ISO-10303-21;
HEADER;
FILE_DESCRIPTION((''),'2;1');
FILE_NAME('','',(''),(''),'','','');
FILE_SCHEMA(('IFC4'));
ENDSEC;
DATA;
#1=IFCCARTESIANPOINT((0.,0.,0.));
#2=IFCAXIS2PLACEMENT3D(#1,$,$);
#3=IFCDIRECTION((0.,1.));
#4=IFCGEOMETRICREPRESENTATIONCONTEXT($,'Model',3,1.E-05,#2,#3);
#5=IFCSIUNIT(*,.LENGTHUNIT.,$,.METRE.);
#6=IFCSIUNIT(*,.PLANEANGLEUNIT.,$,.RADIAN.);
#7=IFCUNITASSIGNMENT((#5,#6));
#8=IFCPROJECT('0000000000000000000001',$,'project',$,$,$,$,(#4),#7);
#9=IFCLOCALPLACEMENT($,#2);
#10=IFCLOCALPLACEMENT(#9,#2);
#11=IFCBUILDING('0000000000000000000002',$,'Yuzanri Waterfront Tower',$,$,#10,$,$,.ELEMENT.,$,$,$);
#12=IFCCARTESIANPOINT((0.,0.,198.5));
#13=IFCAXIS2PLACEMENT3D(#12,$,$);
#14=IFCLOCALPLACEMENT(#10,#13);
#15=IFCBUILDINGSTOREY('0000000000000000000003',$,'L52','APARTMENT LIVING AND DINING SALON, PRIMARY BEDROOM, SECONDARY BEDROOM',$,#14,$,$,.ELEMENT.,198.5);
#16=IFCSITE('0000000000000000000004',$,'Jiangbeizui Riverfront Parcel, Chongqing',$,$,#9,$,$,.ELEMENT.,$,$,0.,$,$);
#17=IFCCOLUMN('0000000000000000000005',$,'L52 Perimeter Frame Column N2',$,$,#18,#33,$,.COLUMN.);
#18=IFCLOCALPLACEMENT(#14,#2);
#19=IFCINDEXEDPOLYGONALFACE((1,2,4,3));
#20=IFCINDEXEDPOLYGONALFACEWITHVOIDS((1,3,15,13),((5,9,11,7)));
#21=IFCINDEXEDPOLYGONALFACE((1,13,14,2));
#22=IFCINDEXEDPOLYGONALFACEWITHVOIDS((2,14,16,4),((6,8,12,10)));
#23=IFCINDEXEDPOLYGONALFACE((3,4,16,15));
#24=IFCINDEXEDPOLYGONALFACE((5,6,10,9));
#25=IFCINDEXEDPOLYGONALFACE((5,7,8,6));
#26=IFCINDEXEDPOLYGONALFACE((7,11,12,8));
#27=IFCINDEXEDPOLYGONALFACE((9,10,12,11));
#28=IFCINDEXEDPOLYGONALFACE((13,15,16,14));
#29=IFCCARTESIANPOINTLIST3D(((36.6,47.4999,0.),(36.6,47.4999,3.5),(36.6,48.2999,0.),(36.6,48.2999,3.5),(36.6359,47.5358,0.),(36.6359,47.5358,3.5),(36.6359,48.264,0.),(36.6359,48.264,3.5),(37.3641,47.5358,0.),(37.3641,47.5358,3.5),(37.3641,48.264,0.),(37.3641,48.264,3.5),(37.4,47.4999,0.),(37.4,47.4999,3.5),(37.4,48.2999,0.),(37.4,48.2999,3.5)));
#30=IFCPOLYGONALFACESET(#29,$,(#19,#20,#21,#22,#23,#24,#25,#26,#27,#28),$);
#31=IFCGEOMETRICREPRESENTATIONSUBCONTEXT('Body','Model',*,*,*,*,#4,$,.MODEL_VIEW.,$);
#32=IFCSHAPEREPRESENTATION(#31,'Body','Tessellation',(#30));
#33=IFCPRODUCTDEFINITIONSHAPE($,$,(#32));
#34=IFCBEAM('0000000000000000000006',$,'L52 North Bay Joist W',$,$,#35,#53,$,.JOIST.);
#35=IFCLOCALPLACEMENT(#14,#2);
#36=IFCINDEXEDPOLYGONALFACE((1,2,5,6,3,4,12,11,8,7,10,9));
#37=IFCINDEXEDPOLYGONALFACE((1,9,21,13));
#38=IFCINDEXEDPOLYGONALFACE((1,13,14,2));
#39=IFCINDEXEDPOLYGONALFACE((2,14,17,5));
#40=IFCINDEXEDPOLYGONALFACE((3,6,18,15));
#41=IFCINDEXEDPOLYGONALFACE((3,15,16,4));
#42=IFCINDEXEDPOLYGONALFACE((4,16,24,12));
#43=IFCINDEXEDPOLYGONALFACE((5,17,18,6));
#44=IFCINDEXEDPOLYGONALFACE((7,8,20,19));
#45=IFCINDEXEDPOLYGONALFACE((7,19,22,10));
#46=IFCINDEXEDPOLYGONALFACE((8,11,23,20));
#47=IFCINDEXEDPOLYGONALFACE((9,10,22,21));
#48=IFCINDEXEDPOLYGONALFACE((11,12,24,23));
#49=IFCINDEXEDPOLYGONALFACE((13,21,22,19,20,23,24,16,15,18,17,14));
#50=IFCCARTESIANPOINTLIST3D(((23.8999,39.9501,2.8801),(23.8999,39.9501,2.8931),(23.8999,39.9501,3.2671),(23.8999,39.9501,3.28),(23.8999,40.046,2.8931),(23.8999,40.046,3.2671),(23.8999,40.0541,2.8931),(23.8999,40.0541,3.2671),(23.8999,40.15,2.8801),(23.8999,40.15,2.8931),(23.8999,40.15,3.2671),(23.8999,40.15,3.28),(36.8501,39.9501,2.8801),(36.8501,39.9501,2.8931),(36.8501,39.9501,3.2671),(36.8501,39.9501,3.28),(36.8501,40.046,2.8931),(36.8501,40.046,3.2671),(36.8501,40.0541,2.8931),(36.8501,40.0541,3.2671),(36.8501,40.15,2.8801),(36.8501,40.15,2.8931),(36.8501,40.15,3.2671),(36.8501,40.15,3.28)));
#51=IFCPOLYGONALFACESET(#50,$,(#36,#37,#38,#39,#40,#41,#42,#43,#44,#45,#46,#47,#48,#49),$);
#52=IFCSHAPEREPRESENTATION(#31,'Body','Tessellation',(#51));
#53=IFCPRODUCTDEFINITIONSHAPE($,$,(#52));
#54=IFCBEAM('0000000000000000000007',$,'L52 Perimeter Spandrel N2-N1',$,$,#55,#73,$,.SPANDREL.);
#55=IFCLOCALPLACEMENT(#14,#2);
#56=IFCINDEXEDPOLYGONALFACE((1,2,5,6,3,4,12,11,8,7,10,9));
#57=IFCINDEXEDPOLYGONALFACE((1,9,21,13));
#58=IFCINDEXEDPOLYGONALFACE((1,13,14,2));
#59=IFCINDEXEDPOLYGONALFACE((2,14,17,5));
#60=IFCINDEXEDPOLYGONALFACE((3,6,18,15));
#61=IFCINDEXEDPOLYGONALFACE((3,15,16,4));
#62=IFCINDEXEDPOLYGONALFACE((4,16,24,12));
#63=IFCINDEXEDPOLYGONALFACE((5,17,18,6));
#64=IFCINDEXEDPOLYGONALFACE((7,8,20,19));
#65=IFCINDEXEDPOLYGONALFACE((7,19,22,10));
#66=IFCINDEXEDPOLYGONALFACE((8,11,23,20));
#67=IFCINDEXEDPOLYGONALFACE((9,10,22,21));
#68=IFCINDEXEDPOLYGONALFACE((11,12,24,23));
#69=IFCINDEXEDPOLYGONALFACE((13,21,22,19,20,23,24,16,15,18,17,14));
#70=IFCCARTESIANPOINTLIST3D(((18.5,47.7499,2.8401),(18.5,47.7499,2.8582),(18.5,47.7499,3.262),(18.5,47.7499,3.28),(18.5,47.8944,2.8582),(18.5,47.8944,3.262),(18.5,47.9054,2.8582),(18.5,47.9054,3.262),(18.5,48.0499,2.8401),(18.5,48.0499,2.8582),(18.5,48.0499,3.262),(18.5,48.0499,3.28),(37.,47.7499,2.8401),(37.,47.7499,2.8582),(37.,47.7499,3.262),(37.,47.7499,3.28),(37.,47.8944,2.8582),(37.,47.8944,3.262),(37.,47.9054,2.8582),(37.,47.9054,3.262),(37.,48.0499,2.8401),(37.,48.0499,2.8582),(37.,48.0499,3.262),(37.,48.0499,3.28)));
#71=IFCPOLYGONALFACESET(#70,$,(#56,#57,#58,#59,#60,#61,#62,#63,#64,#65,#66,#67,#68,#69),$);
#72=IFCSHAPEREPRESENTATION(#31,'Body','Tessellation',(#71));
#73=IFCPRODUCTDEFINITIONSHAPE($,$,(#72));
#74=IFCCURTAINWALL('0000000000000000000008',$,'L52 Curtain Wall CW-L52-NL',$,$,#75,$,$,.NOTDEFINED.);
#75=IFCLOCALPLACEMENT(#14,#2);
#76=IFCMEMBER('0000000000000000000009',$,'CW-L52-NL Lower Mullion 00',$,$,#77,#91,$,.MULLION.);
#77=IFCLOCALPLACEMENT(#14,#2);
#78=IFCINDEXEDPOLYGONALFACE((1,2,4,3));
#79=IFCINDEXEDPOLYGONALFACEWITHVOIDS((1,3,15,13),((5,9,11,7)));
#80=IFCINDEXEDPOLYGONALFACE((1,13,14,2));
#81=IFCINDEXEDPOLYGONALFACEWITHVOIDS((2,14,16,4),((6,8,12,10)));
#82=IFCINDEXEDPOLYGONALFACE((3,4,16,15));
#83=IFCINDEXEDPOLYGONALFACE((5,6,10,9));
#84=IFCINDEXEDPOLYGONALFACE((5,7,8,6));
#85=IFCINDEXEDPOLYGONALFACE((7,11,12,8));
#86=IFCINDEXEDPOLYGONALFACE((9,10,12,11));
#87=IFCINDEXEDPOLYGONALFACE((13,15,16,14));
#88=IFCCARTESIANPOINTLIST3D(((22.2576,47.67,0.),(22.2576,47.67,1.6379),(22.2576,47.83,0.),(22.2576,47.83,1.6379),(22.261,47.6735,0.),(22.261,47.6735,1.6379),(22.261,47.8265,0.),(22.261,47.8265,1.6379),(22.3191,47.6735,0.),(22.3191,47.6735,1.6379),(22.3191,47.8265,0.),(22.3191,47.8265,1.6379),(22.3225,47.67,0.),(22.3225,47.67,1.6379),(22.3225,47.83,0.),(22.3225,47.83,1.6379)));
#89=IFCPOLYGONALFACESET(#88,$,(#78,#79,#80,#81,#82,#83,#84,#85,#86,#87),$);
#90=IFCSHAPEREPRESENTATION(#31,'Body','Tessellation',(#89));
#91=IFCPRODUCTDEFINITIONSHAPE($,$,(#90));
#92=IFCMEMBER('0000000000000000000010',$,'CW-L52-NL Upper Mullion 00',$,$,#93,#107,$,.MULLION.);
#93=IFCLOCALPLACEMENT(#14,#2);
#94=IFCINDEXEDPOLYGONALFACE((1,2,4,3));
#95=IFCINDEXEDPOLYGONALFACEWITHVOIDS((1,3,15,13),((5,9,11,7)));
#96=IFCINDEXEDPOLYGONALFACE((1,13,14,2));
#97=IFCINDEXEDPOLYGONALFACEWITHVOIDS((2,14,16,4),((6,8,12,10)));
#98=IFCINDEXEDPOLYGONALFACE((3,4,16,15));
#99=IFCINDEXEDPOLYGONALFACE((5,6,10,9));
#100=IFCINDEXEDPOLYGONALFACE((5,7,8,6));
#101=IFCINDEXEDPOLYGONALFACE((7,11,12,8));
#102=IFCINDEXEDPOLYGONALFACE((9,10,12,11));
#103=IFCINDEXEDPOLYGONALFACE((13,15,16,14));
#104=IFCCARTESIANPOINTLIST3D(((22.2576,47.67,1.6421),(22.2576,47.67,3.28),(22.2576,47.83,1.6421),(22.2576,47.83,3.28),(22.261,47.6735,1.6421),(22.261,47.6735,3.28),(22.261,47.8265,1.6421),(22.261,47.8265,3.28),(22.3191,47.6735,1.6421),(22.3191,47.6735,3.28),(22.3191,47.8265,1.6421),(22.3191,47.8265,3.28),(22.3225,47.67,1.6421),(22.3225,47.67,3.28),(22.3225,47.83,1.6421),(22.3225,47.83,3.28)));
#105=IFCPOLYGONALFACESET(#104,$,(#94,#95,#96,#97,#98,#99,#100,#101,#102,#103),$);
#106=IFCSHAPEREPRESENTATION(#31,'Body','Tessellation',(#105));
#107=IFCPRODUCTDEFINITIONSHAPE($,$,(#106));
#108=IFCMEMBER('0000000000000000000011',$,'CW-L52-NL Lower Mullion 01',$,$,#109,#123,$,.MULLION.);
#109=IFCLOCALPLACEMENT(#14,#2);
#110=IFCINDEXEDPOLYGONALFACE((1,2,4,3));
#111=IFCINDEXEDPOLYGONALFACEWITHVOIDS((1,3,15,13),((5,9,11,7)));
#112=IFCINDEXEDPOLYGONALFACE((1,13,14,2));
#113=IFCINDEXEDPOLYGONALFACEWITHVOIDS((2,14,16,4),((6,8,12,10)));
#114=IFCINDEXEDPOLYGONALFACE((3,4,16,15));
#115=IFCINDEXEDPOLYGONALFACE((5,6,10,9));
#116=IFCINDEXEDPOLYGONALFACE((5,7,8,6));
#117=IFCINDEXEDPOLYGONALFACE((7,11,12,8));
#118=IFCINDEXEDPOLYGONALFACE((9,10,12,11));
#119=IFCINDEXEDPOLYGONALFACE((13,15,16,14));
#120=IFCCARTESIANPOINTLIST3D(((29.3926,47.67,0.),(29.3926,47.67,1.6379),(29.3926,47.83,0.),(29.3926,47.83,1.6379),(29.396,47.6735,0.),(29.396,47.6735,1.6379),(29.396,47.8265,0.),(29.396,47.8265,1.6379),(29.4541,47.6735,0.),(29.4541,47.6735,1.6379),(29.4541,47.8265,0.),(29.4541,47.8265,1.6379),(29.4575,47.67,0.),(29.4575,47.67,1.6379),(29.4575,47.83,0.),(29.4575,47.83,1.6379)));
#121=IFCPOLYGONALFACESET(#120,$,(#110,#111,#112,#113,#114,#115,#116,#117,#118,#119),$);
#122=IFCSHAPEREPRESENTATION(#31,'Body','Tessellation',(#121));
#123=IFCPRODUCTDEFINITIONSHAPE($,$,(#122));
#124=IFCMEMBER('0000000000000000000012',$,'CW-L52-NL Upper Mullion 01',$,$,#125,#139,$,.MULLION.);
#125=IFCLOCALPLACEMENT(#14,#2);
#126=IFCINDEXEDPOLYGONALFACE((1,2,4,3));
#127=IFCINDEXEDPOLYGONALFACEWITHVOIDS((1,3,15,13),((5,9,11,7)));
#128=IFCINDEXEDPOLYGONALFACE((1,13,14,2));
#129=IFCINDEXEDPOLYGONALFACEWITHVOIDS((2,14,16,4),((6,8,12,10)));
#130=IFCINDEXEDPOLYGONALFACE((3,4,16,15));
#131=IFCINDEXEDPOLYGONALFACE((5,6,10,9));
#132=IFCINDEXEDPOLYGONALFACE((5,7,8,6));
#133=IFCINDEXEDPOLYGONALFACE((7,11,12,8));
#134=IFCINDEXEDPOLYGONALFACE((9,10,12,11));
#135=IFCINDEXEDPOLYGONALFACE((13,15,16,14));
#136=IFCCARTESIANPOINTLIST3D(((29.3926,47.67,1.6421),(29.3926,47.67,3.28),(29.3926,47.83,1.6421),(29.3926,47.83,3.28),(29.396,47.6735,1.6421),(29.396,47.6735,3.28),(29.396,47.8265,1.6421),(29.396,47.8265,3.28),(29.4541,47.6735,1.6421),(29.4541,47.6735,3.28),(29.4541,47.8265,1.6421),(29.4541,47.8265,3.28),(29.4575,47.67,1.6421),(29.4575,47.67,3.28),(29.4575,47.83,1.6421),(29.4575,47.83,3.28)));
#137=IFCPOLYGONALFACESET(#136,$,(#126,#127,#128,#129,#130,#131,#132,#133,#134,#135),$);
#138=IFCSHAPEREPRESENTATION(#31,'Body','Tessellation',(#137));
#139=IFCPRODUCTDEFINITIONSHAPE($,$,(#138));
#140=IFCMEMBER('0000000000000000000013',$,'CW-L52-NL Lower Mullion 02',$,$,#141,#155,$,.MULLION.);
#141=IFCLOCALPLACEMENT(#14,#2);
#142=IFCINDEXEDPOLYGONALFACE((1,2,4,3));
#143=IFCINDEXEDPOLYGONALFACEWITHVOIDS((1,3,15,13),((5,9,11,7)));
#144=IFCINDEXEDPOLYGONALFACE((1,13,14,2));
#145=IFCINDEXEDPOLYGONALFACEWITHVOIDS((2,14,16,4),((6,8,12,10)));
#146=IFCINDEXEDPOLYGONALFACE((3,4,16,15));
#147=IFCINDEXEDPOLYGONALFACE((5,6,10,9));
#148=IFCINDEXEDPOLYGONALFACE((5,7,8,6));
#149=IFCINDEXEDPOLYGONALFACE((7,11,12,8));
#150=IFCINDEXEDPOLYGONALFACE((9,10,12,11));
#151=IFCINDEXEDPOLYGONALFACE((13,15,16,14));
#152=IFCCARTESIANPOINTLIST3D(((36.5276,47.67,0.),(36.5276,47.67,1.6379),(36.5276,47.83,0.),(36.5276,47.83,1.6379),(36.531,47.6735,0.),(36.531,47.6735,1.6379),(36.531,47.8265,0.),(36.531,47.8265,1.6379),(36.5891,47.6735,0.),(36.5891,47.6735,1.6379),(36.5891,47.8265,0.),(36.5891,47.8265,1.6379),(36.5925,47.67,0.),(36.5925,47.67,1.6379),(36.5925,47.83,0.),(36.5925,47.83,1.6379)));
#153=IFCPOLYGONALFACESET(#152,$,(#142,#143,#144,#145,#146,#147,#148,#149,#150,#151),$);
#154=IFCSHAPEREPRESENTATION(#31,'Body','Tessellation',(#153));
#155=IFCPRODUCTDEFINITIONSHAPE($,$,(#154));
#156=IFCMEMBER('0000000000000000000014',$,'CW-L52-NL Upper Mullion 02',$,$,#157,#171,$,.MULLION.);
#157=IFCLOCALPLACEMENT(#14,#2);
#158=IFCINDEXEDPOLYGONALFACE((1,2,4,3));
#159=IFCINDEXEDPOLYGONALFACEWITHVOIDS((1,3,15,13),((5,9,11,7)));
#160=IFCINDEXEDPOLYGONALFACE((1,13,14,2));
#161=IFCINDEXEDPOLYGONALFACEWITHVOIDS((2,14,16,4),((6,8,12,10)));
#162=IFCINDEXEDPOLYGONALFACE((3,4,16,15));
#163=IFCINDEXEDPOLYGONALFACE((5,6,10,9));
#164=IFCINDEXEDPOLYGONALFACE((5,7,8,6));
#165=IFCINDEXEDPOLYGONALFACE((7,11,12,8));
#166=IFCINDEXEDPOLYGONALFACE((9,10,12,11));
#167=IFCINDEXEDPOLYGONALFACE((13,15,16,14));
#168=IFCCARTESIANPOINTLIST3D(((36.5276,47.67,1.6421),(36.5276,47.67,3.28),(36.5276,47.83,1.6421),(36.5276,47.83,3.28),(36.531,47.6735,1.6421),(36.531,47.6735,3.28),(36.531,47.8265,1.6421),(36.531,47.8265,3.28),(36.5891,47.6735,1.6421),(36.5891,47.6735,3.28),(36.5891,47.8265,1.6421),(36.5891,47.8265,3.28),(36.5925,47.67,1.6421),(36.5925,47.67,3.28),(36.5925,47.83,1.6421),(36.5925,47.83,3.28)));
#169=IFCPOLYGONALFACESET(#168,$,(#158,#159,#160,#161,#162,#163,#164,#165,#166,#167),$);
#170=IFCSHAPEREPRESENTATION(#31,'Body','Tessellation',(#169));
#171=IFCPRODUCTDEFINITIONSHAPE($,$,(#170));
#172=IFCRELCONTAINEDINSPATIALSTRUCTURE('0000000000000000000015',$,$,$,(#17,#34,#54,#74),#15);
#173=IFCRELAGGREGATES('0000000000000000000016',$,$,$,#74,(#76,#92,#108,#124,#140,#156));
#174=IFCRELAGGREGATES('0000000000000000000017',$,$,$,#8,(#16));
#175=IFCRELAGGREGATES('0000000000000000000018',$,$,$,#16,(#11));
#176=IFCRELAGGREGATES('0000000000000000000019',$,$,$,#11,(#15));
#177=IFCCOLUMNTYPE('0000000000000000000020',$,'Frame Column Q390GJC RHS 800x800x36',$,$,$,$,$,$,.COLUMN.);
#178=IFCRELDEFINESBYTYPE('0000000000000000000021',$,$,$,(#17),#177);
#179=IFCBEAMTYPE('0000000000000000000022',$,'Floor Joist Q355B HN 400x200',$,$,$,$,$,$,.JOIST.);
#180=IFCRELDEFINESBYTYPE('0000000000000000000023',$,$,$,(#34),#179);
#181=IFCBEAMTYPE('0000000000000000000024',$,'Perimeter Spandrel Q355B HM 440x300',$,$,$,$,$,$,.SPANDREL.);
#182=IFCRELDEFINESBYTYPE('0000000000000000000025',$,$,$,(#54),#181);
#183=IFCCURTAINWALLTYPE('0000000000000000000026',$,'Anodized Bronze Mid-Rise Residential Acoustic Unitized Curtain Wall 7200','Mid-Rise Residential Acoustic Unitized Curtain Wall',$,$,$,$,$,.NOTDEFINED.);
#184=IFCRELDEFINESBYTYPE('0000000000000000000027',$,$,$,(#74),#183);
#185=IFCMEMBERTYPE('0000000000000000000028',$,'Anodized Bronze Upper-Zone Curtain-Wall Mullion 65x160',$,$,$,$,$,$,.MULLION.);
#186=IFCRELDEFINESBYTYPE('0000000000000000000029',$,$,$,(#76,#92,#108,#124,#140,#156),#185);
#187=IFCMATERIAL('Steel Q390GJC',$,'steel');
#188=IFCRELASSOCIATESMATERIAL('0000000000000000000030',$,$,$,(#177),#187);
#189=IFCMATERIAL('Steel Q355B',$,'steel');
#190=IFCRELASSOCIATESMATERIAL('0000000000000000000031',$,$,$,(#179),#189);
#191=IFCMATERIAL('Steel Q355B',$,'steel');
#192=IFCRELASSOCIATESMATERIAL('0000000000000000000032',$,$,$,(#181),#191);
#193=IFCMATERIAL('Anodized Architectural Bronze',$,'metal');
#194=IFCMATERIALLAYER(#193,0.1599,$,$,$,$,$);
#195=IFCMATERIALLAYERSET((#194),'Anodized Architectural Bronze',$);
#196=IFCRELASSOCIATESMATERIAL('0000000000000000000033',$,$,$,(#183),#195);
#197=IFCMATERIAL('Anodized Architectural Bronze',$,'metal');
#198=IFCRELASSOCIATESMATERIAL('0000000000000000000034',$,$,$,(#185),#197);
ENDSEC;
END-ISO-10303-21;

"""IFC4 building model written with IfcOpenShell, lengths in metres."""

from ifc_helpers import new_model, si_unit, direction, frame, origin, origin_2d, place, context, subcontext, project, spatial, hollow_rectangle, i_section, extrude, source, transform, mapped, material, layer, layer_set, material_profile, profile_set, type_object, element, aggregate, save


model = new_model("IFC4")

# Units and contexts
model_context = context("Model", 3, precision=1e-05, world=origin(), true_north=direction((0.0, 1.0)))
body_context = subcontext(model_context, "Body", "Model", "MODEL_VIEW")
ifc_project = project(units=[si_unit("LENGTHUNIT", "METRE"), si_unit("PLANEANGLEUNIT", "RADIAN")], contexts=[model_context])

# Site, building, storey
site_placement = place(None, origin())
site = spatial("IfcSite", under=ifc_project, at=site_placement, Name="Jiangbeizui Riverfront Parcel, Chongqing", CompositionType="ELEMENT", RefElevation=0.0)
building_placement = place(site_placement, origin())
building = spatial("IfcBuilding", under=site, at=building_placement, Name="Yuzanri Waterfront Tower", CompositionType="ELEMENT")
storey_placement = place(building_placement, frame((0.0, 0.0, 198.5)))
storey = spatial("IfcBuildingStorey", under=building, at=storey_placement, Name="L52", Description="APARTMENT LIVING AND DINING SALON, PRIMARY BEDROOM, SECONDARY BEDROOM", CompositionType="ELEMENT", Elevation=198.5)

# Column
ifc_material_1 = material(Name="Steel Q390GJC", Category="steel")
ifc_material_profile_1 = material_profile(ifc_material_1, hollow_rectangle(XDim=0.8, YDim=0.8, WallThickness=0.0359, at=origin_2d()), Name="RHS 800x800x36")
ifc_profile_set_1 = profile_set([ifc_material_profile_1], Name="Steel Q390GJC")
column_type = type_object("IfcColumnType", Name="Frame Column Q390GJC RHS 800x800x36", PredefinedType="COLUMN", material=ifc_profile_set_1)
shared_shape_1 = source(origin(), body_context, "Body", "SweptSolid", [
    extrude(hollow_rectangle(XDim=0.8, YDim=0.8, WallThickness=0.0359, at=origin_2d()), origin(), (0.0, 0.0, 1.0), 3.5),
])
column_placement = place(storey_placement, frame((37.0, 47.8999, 0.0), z_axis=(0.0, 0.0, 1.0), x_axis=(1.0, 0.0, 0.0)))
element("IfcColumn", 1, at=column_placement, inside=storey, type_object=column_type, Name="L52 Perimeter Frame Column N2", PredefinedType="COLUMN", context=body_context, shape_type="MappedRepresentation", body=[
    mapped(shared_shape_1, transform((0.0, 0.0, 0.0), scale=1.0)),
])

# Beams
ifc_material_2 = material(Name="Steel Q355B", Category="steel")
ifc_material_profile_2 = material_profile(ifc_material_2, i_section(OverallWidth=0.2, OverallDepth=0.3999, WebThickness=0.0081, FlangeThickness=0.0129, at=origin_2d()), Name="HN 400x200x8x13")
ifc_profile_set_2 = profile_set([ifc_material_profile_2], Name="Steel Q355B")
beam_type_1 = type_object("IfcBeamType", Name="Floor Joist Q355B HN 400x200", PredefinedType="JOIST", material=ifc_profile_set_2)
shared_shape_2 = source(origin(), body_context, "Body", "SweptSolid", [
    extrude(i_section(OverallWidth=0.2, OverallDepth=0.3999, WebThickness=0.0081, FlangeThickness=0.0129, at=origin_2d()), origin(), (0.0, 0.0, 1.0), 12.9502),
])
beam_1_placement = place(storey_placement, frame((23.8999, 40.05, 3.0801), z_axis=(1.0, 0.0, 0.0), x_axis=(0.0, 1.0, 0.0)))
element("IfcBeam", 2, at=beam_1_placement, inside=storey, type_object=beam_type_1, Name="L52 North Bay Joist W", PredefinedType="JOIST", context=body_context, shape_type="MappedRepresentation", body=[
    mapped(shared_shape_2, transform((0.0, 0.0, 0.0), scale=1.0)),
])
ifc_material_3 = material(Name="Steel Q355B", Category="steel")
ifc_material_profile_3 = material_profile(ifc_material_3, i_section(OverallWidth=0.3, OverallDepth=0.4399, WebThickness=0.011, FlangeThickness=0.0181, at=origin_2d()), Name="HM 440x300x11x18")
ifc_profile_set_3 = profile_set([ifc_material_profile_3], Name="Steel Q355B")
beam_type_2 = type_object("IfcBeamType", Name="Perimeter Spandrel Q355B HM 440x300", PredefinedType="SPANDREL", material=ifc_profile_set_3)
shared_shape_3 = source(origin(), body_context, "Body", "SweptSolid", [
    extrude(i_section(OverallWidth=0.3, OverallDepth=0.4399, WebThickness=0.011, FlangeThickness=0.0181, at=origin_2d()), origin(), (0.0, 0.0, 1.0), 18.5),
])
beam_2_placement = place(storey_placement, frame((37.0, 47.8999, 3.0601), z_axis=(-1.0, 0.0, 0.0), x_axis=(0.0, -1.0, 0.0)))
element("IfcBeam", 3, at=beam_2_placement, inside=storey, type_object=beam_type_2, Name="L52 Perimeter Spandrel N2-N1", PredefinedType="SPANDREL", context=body_context, shape_type="MappedRepresentation", body=[
    mapped(shared_shape_3, transform((0.0, 0.0, 0.0), scale=1.0)),
])

# Curtain wall, members
ifc_material_4 = material(Name="Anodized Architectural Bronze", Category="metal")
ifc_layer_1 = layer(ifc_material_4, 0.1599)
ifc_layer_set_1 = layer_set([ifc_layer_1], Name="Anodized Architectural Bronze")
curtain_wall_type = type_object("IfcCurtainWallType", Name="Anodized Bronze Mid-Rise Residential Acoustic Unitized Curtain Wall 7200", Description="Mid-Rise Residential Acoustic Unitized Curtain Wall", PredefinedType="NOTDEFINED", material=ifc_layer_set_1)
curtain_wall_placement = place(storey_placement, origin())
curtain_wall = element("IfcCurtainWall", 4, at=curtain_wall_placement, inside=storey, type_object=curtain_wall_type, Name="L52 Curtain Wall CW-L52-NL", PredefinedType="NOTDEFINED")
ifc_material_5 = material(Name="Anodized Architectural Bronze", Category="metal")
ifc_material_profile_4 = material_profile(ifc_material_5, hollow_rectangle(XDim=0.0649, YDim=0.1599, WallThickness=0.0034, at=origin_2d()), Name="CWM 65x160")
ifc_profile_set_4 = profile_set([ifc_material_profile_4], Name="Anodized Architectural Bronze")
member_type_1 = type_object("IfcMemberType", Name="Anodized Bronze Upper-Zone Curtain-Wall Mullion 65x160", PredefinedType="MULLION", material=ifc_profile_set_4)
shared_shape_4 = source(origin(), body_context, "Body", "SweptSolid", [
    extrude(hollow_rectangle(XDim=0.0649, YDim=0.1599, WallThickness=0.0034, at=origin_2d()), origin(), (0.0, 0.0, 1.0), 1.6379),
])
member_1_placement = place(storey_placement, frame((22.29, 47.75, 0.0), z_axis=(0.0, 0.0, 1.0), x_axis=(1.0, 0.0, 0.0)))
member_1 = element("IfcMember", 5, at=member_1_placement, type_object=member_type_1, Name="CW-L52-NL Lower Mullion 00", PredefinedType="MULLION", context=body_context, shape_type="MappedRepresentation", body=[
    mapped(shared_shape_4, transform((0.0, 0.0, 0.0), scale=1.0)),
])
member_2_placement = place(storey_placement, frame((22.29, 47.75, 1.6421), z_axis=(0.0, 0.0, 1.0), x_axis=(1.0, 0.0, 0.0)))
member_2 = element("IfcMember", 6, at=member_2_placement, type_object=member_type_1, Name="CW-L52-NL Upper Mullion 00", PredefinedType="MULLION", context=body_context, shape_type="MappedRepresentation", body=[
    mapped(shared_shape_4, transform((0.0, 0.0, 0.0), scale=1.0)),
])
member_3_placement = place(storey_placement, frame((29.425, 47.75, 0.0), z_axis=(0.0, 0.0, 1.0), x_axis=(1.0, 0.0, 0.0)))
member_3 = element("IfcMember", 7, at=member_3_placement, type_object=member_type_1, Name="CW-L52-NL Lower Mullion 01", PredefinedType="MULLION", context=body_context, shape_type="MappedRepresentation", body=[
    mapped(shared_shape_4, transform((0.0, 0.0, 0.0), scale=1.0)),
])
member_4_placement = place(storey_placement, frame((29.425, 47.75, 1.6421), z_axis=(0.0, 0.0, 1.0), x_axis=(1.0, 0.0, 0.0)))
member_4 = element("IfcMember", 8, at=member_4_placement, type_object=member_type_1, Name="CW-L52-NL Upper Mullion 01", PredefinedType="MULLION", context=body_context, shape_type="MappedRepresentation", body=[
    mapped(shared_shape_4, transform((0.0, 0.0, 0.0), scale=1.0)),
])
member_5_placement = place(storey_placement, frame((36.5601, 47.75, 0.0), z_axis=(0.0, 0.0, 1.0), x_axis=(1.0, 0.0, 0.0)))
member_5 = element("IfcMember", 9, at=member_5_placement, type_object=member_type_1, Name="CW-L52-NL Lower Mullion 02", PredefinedType="MULLION", context=body_context, shape_type="MappedRepresentation", body=[
    mapped(shared_shape_4, transform((0.0, 0.0, 0.0), scale=1.0)),
])
member_6_placement = place(storey_placement, frame((36.5601, 47.75, 1.6421), z_axis=(0.0, 0.0, 1.0), x_axis=(1.0, 0.0, 0.0)))
member_6 = element("IfcMember", 10, at=member_6_placement, type_object=member_type_1, Name="CW-L52-NL Upper Mullion 02", PredefinedType="MULLION", context=body_context, shape_type="MappedRepresentation", body=[
    mapped(shared_shape_4, transform((0.0, 0.0, 0.0), scale=1.0)),
])
aggregate(curtain_wall, [member_1, member_2, member_3, member_4, member_5, member_6])

save(model, "model.ifc")
